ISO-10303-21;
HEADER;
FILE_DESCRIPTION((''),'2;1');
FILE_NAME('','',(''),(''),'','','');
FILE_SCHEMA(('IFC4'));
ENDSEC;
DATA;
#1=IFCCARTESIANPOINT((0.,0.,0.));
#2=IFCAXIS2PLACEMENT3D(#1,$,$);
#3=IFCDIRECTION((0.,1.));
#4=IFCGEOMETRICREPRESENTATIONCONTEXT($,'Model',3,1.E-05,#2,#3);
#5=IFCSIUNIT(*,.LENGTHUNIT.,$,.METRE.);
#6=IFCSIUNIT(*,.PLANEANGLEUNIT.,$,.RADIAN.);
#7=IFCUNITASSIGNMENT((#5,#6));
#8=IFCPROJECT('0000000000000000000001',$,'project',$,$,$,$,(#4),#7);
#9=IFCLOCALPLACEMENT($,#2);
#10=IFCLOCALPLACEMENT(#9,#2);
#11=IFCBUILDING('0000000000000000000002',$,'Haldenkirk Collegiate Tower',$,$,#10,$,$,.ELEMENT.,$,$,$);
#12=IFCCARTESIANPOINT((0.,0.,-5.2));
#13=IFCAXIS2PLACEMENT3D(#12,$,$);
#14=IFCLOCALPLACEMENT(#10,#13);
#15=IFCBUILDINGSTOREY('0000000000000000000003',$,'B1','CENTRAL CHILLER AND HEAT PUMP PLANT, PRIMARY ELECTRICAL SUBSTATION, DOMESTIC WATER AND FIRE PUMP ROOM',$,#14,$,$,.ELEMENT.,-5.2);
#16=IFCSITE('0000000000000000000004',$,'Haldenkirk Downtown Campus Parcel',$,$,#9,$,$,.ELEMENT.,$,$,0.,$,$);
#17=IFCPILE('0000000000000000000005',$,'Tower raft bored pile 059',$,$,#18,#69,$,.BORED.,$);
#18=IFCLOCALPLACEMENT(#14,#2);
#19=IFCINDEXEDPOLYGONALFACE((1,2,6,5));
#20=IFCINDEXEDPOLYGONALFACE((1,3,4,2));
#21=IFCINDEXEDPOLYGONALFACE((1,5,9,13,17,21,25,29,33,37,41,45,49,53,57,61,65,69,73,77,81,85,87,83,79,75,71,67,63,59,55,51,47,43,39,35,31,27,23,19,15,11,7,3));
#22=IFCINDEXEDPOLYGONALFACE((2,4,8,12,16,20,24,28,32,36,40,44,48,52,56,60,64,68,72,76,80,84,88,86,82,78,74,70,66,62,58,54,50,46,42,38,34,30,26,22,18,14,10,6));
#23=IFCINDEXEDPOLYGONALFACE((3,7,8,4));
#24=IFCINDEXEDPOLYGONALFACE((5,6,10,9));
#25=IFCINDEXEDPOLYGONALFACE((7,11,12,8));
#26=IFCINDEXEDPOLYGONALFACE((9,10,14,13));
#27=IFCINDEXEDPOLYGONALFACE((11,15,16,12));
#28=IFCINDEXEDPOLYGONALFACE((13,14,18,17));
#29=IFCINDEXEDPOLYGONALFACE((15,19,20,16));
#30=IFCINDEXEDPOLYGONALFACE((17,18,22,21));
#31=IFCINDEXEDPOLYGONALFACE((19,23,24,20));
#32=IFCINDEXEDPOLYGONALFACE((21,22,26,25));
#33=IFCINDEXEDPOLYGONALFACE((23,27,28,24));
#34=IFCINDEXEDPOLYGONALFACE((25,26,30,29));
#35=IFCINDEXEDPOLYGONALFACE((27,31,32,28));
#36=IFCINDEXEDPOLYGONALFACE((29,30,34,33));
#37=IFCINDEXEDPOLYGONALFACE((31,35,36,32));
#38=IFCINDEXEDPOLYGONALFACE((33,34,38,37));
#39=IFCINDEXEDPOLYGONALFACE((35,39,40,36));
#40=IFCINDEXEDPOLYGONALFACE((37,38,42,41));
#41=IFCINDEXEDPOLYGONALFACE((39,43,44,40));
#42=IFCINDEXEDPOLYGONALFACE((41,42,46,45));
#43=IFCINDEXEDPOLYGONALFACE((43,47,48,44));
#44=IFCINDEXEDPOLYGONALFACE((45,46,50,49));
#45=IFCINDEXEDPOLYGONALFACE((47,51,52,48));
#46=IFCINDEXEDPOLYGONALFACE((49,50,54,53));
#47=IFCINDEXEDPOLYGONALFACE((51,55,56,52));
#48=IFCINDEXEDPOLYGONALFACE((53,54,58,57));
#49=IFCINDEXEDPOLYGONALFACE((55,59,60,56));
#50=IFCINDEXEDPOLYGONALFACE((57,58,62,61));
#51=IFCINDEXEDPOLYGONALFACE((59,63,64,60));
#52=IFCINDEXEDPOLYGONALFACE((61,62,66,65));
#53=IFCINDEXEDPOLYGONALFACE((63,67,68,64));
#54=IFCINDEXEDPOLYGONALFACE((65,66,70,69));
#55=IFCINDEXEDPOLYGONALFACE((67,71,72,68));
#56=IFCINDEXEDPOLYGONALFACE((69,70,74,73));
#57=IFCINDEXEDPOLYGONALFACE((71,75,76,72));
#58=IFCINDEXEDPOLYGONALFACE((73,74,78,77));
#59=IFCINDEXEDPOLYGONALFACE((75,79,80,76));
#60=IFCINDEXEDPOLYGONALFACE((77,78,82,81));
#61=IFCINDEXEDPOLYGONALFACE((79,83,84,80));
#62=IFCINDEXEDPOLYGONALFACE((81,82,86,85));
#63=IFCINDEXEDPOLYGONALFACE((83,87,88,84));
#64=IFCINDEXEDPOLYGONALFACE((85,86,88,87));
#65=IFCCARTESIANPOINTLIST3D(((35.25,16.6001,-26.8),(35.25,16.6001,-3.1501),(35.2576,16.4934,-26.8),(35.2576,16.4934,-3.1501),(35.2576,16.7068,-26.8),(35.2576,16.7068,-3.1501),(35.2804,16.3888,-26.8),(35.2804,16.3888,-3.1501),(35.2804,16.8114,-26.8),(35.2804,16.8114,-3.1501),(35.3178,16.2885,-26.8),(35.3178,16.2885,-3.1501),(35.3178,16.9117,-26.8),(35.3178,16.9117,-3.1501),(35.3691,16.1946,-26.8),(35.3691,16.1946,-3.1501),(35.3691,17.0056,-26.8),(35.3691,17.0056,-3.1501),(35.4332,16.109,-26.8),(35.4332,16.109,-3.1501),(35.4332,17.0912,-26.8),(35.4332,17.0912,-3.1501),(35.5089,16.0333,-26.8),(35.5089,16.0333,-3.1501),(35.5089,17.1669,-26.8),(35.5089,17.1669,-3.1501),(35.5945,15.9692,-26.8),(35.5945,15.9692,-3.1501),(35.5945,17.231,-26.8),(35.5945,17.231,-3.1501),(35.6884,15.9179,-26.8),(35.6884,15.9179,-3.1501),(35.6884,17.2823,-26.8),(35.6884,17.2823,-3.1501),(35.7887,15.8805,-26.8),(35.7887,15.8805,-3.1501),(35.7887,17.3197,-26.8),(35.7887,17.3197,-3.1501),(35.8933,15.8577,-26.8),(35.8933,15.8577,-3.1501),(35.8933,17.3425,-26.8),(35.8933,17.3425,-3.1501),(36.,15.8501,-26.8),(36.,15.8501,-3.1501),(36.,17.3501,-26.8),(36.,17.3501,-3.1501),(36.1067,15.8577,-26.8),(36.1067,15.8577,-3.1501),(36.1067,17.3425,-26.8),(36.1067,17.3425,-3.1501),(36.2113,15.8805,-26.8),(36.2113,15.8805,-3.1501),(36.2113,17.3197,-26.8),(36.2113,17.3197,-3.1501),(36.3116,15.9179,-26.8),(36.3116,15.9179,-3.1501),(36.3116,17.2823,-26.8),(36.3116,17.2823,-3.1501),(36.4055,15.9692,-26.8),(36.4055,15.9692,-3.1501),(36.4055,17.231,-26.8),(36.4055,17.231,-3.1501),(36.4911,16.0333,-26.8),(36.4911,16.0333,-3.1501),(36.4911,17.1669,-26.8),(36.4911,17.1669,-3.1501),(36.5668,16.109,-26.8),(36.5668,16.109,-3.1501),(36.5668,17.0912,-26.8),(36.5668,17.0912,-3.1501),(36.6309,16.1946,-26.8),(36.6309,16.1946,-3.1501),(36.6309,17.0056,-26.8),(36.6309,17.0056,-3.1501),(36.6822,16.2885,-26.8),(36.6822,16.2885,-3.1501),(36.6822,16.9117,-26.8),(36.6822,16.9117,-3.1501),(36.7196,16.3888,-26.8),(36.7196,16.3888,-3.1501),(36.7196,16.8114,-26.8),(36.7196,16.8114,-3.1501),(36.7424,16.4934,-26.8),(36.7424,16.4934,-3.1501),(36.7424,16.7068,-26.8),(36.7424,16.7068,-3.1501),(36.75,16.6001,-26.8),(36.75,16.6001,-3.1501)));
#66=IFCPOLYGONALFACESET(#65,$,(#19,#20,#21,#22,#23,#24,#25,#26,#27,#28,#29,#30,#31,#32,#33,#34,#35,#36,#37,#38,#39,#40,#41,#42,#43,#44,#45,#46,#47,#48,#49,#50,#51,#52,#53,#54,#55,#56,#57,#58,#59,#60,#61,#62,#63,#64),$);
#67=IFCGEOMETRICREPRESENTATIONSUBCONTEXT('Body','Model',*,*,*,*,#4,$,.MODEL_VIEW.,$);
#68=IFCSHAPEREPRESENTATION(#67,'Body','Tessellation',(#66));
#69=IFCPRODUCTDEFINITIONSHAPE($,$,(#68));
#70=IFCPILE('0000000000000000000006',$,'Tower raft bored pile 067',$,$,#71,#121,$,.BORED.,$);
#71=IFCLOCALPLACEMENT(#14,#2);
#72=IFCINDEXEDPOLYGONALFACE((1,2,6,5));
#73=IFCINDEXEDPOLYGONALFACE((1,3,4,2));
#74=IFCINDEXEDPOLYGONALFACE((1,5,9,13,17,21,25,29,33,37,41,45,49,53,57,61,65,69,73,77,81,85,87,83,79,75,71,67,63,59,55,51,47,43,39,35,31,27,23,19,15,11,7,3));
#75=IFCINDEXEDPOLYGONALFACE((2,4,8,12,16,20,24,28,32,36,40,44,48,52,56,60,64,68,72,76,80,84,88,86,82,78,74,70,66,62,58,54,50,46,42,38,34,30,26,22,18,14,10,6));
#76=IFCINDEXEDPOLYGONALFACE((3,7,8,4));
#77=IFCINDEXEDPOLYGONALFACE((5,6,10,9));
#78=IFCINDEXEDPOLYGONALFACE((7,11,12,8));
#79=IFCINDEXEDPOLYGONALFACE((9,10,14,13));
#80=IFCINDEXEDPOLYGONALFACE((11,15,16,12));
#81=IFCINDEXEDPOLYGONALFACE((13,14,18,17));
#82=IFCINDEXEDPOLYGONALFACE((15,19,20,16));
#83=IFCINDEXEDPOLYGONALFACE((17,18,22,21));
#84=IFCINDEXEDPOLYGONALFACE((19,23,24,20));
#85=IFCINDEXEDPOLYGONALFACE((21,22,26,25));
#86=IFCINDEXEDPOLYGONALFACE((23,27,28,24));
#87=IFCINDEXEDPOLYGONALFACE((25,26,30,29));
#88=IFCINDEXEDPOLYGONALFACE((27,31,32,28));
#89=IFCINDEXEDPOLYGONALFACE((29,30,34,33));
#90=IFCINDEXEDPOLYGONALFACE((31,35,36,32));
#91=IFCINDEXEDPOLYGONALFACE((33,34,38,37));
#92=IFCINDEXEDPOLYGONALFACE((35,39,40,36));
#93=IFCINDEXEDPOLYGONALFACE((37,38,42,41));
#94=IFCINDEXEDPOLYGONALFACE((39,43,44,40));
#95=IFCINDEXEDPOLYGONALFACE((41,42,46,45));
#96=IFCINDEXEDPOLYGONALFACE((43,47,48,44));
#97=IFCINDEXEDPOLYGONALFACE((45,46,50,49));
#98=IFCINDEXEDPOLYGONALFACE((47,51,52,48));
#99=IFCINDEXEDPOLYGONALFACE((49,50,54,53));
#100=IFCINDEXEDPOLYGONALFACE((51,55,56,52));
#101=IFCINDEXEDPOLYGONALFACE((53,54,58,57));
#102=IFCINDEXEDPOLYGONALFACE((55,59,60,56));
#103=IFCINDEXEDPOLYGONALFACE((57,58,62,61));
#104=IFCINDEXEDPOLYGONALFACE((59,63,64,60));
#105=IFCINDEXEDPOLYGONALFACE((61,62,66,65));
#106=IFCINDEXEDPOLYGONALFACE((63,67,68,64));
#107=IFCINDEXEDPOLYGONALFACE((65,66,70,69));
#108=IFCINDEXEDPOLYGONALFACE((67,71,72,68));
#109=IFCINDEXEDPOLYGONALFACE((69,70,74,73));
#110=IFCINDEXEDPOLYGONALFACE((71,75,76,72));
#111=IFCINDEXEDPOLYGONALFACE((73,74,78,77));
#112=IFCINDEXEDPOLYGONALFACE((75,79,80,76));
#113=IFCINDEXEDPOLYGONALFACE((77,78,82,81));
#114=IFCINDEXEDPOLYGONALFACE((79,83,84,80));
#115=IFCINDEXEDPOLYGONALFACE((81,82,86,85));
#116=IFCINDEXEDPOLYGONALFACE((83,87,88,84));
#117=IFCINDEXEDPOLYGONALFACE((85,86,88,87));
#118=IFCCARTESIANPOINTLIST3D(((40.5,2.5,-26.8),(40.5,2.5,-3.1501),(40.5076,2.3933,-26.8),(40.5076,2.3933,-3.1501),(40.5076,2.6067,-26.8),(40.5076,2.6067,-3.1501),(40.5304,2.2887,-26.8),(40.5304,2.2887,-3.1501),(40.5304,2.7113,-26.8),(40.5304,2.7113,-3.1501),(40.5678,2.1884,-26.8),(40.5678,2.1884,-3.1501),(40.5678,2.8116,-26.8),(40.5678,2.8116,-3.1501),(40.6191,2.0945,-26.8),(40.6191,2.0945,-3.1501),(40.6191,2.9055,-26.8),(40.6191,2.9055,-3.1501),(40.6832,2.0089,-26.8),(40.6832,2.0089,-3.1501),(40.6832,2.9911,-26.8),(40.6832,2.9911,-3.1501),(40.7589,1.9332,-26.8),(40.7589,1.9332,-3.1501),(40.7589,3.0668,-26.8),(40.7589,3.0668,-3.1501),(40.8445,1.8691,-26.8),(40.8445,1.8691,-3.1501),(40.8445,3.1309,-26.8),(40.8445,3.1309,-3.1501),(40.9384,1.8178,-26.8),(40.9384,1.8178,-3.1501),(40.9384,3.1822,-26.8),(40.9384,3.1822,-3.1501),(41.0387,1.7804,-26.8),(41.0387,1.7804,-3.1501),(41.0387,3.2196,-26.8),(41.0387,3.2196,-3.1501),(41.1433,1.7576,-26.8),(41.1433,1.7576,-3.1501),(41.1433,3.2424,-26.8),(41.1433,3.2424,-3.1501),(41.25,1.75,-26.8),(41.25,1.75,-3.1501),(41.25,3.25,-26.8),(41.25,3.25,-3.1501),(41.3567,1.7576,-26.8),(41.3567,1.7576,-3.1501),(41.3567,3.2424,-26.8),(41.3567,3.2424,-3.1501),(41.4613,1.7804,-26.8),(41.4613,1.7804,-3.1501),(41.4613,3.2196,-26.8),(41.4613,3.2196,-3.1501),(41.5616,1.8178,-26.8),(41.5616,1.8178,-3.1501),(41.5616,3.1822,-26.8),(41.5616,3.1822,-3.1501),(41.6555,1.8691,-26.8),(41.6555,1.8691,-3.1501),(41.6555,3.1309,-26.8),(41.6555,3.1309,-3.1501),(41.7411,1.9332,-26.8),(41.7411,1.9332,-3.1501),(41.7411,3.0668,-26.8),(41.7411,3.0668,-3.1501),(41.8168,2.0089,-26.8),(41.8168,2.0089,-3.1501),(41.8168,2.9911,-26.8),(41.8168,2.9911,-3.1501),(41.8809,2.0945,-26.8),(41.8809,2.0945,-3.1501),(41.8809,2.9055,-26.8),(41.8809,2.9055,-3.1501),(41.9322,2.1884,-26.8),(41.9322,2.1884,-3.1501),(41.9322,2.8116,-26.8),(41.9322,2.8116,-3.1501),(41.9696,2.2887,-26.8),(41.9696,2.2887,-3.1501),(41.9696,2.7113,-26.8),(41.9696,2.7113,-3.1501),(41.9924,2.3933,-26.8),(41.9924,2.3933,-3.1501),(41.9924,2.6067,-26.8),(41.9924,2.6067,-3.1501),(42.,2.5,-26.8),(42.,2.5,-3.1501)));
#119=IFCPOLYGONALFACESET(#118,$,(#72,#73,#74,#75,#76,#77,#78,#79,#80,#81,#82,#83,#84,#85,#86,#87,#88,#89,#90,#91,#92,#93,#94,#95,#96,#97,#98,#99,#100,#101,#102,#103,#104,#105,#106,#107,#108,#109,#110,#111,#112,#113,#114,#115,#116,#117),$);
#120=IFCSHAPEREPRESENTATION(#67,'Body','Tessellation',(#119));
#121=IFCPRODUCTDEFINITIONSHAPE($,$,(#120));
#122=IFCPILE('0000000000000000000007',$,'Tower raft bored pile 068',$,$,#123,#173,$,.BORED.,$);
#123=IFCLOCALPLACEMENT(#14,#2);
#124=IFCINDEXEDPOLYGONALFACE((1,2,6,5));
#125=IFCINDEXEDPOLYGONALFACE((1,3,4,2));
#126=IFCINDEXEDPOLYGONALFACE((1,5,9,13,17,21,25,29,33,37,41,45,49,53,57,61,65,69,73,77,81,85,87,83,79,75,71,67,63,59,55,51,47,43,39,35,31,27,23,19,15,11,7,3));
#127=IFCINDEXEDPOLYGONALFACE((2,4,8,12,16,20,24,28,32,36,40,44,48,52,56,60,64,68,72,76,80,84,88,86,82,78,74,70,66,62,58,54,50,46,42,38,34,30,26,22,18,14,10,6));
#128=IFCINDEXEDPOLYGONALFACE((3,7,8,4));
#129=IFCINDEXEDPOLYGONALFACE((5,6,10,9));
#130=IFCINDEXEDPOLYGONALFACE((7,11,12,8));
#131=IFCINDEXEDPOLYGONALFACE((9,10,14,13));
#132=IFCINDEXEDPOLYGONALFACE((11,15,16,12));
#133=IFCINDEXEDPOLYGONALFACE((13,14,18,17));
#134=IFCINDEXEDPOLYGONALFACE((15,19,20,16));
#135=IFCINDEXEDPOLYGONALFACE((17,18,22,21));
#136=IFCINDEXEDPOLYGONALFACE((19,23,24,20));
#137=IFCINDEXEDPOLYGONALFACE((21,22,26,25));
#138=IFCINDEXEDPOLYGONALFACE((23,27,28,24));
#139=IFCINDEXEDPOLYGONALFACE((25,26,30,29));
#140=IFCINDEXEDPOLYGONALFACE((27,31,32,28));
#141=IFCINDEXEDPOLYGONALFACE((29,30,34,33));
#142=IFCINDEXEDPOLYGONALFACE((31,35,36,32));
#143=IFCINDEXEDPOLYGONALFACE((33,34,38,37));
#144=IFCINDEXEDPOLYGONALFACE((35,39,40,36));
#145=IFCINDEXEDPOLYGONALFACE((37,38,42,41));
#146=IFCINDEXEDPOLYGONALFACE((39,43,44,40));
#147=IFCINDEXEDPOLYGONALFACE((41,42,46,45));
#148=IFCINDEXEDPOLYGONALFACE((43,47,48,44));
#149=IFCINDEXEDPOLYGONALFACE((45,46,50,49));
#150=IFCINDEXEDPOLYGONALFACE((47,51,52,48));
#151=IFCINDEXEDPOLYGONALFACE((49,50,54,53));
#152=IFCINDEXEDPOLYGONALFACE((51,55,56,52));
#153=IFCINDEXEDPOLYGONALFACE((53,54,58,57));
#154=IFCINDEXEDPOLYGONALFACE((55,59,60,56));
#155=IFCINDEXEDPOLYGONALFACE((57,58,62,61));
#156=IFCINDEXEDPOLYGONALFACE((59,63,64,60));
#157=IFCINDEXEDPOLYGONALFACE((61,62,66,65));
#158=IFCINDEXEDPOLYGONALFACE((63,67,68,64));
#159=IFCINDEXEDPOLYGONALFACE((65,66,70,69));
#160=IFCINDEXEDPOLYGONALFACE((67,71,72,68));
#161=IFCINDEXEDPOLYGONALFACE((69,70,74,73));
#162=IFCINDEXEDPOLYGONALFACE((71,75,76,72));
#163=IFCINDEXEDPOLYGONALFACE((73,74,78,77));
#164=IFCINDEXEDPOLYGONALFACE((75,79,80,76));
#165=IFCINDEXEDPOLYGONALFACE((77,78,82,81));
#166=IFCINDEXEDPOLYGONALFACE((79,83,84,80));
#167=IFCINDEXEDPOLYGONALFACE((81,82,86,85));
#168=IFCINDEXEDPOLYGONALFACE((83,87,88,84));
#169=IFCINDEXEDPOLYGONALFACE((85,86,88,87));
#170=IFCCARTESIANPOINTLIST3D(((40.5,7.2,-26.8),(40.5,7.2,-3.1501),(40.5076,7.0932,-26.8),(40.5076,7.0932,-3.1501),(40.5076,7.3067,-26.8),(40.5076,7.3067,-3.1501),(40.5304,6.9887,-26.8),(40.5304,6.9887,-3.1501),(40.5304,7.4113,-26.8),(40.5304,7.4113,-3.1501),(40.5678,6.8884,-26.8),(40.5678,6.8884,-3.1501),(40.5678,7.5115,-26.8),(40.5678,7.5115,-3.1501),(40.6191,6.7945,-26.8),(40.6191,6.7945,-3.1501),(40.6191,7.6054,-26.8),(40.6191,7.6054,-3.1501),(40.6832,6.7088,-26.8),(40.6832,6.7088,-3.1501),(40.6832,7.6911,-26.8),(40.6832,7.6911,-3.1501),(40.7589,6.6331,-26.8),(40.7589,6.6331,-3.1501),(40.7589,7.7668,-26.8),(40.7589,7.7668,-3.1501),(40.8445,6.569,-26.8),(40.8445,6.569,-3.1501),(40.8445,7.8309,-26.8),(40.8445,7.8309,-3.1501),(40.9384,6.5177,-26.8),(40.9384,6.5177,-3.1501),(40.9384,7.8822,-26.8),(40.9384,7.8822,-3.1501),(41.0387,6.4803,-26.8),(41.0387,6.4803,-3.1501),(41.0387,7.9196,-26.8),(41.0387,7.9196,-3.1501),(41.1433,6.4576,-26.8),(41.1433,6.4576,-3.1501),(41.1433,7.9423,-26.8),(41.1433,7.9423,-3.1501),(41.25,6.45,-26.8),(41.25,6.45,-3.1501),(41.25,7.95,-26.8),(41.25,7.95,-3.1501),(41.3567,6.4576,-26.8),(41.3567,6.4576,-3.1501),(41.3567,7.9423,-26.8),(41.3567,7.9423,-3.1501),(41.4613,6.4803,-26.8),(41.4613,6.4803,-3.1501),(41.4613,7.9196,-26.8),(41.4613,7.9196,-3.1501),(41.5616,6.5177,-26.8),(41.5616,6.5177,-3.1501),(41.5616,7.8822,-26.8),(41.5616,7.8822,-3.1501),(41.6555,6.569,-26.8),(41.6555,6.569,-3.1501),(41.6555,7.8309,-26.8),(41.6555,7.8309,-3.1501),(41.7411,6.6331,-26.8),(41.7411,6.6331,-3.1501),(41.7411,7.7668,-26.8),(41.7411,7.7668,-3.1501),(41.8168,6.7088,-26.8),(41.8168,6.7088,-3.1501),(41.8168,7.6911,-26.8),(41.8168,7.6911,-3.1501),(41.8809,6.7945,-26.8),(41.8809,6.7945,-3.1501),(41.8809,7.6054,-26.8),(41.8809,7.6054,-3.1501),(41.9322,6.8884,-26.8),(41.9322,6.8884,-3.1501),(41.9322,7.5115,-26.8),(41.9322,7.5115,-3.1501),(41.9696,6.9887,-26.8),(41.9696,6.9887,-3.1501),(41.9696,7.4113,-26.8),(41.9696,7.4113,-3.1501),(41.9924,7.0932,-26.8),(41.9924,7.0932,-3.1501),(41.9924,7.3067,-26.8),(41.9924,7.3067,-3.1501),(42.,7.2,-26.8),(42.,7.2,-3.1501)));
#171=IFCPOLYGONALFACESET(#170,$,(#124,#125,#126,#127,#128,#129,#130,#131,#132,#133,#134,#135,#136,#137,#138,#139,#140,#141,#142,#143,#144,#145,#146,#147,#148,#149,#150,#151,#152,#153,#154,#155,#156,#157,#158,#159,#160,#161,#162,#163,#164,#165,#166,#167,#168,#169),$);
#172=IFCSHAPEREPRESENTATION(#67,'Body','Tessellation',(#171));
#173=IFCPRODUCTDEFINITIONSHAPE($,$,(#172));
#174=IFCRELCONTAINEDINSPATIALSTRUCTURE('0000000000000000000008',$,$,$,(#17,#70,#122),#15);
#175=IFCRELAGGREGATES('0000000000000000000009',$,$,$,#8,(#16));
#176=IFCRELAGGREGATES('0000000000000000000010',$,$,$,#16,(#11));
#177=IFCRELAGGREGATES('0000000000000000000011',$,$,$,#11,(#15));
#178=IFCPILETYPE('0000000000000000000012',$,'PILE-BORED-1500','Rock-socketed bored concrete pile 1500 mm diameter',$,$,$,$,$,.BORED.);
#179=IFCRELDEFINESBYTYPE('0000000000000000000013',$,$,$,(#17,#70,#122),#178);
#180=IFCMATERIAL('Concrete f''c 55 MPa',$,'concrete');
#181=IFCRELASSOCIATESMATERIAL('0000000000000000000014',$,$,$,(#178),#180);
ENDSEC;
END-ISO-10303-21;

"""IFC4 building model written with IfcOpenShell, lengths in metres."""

from ifc_helpers import new_model, si_unit, direction, frame, origin, origin_2d, place, context, subcontext, project, spatial, circle, extrude, material, material_profile, profile_set, type_object, element, save


model = new_model("IFC4")

# Units and contexts
model_context = context("Model", 3, precision=1e-05, world=origin(), true_north=direction((0.0, 1.0)))
body_context = subcontext(model_context, "Body", "Model", "MODEL_VIEW")
ifc_project = project(units=[si_unit("LENGTHUNIT", "METRE"), si_unit("PLANEANGLEUNIT", "RADIAN")], contexts=[model_context])

# Site, building, storey
site_placement = place(None, origin())
site = spatial("IfcSite", under=ifc_project, at=site_placement, Name="Haldenkirk Downtown Campus Parcel", CompositionType="ELEMENT", RefElevation=0.0)
building_placement = place(site_placement, origin())
building = spatial("IfcBuilding", under=site, at=building_placement, Name="Haldenkirk Collegiate Tower", CompositionType="ELEMENT")
storey_placement = place(building_placement, frame((0.0, 0.0, -5.2)))
storey = spatial("IfcBuildingStorey", under=building, at=storey_placement, Name="B1", Description="CENTRAL CHILLER AND HEAT PUMP PLANT, PRIMARY ELECTRICAL SUBSTATION, DOMESTIC WATER AND FIRE PUMP ROOM", CompositionType="ELEMENT", Elevation=-5.2)

# Piles
ifc_material_1 = material(Name="Concrete f'c 55 MPa", Category="concrete")
ifc_material_profile_1 = material_profile(ifc_material_1, circle(Radius=0.75, at=origin_2d()), Name="PILE1500")
ifc_profile_set_1 = profile_set([ifc_material_profile_1], Name="Concrete f'c 55 MPa")
pile_type = type_object("IfcPileType", Name="PILE-BORED-1500", Description="Rock-socketed bored concrete pile 1500 mm diameter", PredefinedType="BORED", material=ifc_profile_set_1)
for number, where, z_axis, x_axis, name in (
    (1, (36.0, 16.6001, -3.1501), (0.0, 0.0, -1.0), (1.0, 0.0, 0.0), "Tower raft bored pile 059"),
    (2, (41.25, 2.5, -3.1501), (0.0, 0.0, -1.0), (1.0, 0.0, 0.0), "Tower raft bored pile 067"),
    (3, (41.25, 7.2, -3.1501), (0.0, 0.0, -1.0), (1.0, 0.0, 0.0), "Tower raft bored pile 068"),
):
    element("IfcPile", number, at=place(storey_placement, frame(where, z_axis=z_axis, x_axis=x_axis)), inside=storey, type_object=pile_type, Name=name, PredefinedType="BORED", context=body_context, shape_type="SweptSolid", body=[
        extrude(circle(Radius=0.75, at=origin_2d()), origin(), (0.0, 0.0, 1.0), 23.6499),
    ])

save(model, "model.ifc")
